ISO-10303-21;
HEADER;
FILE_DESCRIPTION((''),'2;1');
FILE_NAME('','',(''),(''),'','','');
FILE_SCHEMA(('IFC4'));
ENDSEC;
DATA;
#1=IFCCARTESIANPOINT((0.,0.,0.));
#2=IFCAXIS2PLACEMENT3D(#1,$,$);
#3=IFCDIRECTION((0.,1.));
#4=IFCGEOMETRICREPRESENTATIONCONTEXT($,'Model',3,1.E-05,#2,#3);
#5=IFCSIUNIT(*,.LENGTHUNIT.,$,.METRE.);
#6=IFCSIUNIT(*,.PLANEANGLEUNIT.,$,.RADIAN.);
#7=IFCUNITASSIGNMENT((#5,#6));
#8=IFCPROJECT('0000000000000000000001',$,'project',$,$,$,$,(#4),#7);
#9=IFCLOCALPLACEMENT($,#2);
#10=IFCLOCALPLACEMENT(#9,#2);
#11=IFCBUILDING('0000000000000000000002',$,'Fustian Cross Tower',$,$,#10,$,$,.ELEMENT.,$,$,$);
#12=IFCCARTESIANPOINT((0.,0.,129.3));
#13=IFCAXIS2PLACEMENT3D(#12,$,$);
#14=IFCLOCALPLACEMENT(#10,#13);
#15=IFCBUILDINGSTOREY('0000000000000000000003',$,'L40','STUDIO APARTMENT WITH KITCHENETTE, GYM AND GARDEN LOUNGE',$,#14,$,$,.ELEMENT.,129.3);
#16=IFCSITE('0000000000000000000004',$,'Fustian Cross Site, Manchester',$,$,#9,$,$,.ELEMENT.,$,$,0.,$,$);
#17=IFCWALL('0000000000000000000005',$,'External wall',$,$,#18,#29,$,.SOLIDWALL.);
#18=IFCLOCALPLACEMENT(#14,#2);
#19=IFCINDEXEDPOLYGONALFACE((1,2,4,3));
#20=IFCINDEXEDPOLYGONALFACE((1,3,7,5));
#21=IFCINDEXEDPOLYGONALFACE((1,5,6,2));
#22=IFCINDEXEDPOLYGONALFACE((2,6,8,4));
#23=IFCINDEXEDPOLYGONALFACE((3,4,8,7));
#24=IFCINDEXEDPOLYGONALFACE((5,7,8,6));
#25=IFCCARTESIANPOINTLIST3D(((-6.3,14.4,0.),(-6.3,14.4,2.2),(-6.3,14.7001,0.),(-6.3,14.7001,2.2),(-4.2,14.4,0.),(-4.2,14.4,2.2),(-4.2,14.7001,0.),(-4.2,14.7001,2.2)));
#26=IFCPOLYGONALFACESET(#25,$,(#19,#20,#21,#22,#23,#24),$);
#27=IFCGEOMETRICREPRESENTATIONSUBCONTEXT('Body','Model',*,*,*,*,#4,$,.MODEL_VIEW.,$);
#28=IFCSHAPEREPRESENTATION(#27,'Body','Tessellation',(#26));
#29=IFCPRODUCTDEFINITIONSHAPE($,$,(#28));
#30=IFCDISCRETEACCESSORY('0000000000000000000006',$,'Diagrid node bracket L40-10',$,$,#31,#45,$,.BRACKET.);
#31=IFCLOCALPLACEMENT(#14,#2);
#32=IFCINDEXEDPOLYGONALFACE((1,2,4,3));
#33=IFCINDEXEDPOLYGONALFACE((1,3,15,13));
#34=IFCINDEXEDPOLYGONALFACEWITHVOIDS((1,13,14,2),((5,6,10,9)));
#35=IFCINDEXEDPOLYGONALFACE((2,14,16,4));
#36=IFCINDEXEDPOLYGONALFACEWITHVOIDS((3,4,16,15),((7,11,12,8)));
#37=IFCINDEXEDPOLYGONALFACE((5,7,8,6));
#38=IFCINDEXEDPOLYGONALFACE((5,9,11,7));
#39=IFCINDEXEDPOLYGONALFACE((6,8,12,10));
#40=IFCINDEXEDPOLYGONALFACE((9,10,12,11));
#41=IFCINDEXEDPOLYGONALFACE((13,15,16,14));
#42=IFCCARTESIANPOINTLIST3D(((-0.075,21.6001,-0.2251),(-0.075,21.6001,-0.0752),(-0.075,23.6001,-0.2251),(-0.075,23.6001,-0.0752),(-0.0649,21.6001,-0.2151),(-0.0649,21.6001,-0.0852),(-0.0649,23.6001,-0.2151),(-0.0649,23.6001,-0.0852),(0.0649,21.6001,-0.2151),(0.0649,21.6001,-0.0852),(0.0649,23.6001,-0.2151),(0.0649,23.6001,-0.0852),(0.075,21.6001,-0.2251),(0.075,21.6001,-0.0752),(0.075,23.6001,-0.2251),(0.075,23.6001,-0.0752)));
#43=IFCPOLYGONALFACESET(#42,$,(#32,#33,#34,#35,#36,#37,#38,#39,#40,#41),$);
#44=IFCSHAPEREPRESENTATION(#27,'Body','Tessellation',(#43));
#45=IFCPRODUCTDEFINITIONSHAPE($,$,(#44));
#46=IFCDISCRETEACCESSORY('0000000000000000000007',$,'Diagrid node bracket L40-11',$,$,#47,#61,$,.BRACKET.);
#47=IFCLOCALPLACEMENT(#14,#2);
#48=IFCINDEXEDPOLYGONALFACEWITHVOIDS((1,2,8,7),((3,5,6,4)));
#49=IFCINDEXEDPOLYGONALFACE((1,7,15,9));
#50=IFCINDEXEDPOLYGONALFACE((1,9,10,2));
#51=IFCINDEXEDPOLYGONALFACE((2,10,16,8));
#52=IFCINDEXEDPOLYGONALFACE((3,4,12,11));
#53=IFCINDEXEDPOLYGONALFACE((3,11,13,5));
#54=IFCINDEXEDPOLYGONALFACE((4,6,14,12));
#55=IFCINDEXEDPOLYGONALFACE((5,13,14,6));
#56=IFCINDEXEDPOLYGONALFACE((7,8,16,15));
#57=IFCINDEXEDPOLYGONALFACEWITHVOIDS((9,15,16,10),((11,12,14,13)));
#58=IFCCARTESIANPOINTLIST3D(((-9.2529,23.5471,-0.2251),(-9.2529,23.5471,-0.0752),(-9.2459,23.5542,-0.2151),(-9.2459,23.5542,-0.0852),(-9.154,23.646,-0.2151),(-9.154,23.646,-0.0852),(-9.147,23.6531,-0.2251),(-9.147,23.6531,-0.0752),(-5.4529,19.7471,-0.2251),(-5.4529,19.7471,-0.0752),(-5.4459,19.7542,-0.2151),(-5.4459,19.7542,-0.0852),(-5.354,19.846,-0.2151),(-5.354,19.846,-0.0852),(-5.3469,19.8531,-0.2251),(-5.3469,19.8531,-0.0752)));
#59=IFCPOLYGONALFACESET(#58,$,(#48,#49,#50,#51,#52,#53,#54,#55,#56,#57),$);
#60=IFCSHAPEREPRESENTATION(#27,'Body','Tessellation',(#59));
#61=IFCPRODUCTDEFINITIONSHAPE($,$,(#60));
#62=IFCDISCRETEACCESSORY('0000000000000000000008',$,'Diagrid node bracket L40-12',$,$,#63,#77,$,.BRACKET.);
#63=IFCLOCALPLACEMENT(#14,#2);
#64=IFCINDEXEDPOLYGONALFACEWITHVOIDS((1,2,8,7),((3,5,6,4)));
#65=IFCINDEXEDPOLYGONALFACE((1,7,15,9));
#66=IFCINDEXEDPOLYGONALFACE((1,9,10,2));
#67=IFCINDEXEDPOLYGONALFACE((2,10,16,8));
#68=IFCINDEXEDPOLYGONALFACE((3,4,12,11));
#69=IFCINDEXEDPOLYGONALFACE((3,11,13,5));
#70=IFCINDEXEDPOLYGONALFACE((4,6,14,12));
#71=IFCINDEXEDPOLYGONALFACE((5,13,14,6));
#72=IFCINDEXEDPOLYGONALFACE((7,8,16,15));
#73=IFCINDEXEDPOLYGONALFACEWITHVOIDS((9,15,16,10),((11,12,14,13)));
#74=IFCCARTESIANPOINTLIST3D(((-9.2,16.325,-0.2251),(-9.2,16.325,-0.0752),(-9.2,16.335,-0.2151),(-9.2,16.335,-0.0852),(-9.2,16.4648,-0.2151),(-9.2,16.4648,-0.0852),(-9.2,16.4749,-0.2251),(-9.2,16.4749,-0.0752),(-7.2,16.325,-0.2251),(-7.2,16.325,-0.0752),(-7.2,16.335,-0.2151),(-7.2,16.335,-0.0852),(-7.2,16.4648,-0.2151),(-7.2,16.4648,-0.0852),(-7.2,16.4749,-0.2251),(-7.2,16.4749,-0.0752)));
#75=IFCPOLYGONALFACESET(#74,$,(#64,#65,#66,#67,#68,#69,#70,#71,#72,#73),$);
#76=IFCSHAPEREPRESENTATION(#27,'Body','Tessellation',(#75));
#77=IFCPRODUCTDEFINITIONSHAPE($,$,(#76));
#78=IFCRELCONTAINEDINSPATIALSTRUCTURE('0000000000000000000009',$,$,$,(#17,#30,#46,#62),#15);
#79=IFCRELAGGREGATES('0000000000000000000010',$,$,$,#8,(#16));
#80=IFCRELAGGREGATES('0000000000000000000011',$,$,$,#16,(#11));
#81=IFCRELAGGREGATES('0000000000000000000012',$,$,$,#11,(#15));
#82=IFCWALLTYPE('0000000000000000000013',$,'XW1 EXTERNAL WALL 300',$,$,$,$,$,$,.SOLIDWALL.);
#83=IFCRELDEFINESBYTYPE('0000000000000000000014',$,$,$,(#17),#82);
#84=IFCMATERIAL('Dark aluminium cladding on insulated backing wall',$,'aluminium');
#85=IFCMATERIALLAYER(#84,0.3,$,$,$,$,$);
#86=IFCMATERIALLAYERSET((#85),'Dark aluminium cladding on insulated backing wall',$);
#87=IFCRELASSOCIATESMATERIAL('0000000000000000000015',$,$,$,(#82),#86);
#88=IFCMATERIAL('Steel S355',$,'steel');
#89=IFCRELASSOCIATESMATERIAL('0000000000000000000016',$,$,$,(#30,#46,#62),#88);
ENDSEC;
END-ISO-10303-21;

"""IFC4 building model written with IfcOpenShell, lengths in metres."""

from ifc_helpers import new_model, si_unit, direction, frame, frame_2d, origin, origin_2d, place, context, subcontext, project, spatial, rectangle, hollow_rectangle, extrude, material, layer, layer_set, type_object, element, save


model = new_model("IFC4")

# Units and contexts
model_context = context("Model", 3, precision=1e-05, world=origin(), true_north=direction((0.0, 1.0)))
body_context = subcontext(model_context, "Body", "Model", "MODEL_VIEW")
ifc_project = project(units=[si_unit("LENGTHUNIT", "METRE"), si_unit("PLANEANGLEUNIT", "RADIAN")], contexts=[model_context])

# Site, building, storey
site_placement = place(None, origin())
site = spatial("IfcSite", under=ifc_project, at=site_placement, Name="Fustian Cross Site, Manchester", CompositionType="ELEMENT", RefElevation=0.0)
building_placement = place(site_placement, origin())
building = spatial("IfcBuilding", under=site, at=building_placement, Name="Fustian Cross Tower", CompositionType="ELEMENT")
storey_placement = place(building_placement, frame((0.0, 0.0, 129.3)))
storey = spatial("IfcBuildingStorey", under=building, at=storey_placement, Name="L40", Description="STUDIO APARTMENT WITH KITCHENETTE, GYM AND GARDEN LOUNGE", CompositionType="ELEMENT", Elevation=129.3)

# Shared definitions
ifc_material_1 = material(Name="Dark aluminium cladding on insulated backing wall", Category="aluminium")
ifc_layer_1 = layer(ifc_material_1, 0.3)
ifc_layer_set_1 = layer_set([ifc_layer_1], Name="Dark aluminium cladding on insulated backing wall")
wall_type_1 = type_object("IfcWallType", Name="XW1 EXTERNAL WALL 300", PredefinedType="SOLIDWALL", material=ifc_layer_set_1)

# Wall
wall_1_placement = place(storey_placement, frame((-6.3, 14.55, 0.0), z_axis=(0.0, 0.0, 1.0), x_axis=(1.0, 0.0, 0.0)))
element("IfcWall", 1, at=wall_1_placement, inside=storey, type_object=wall_type_1, Name="External wall", PredefinedType="SOLIDWALL", context=body_context, shape_type="SweptSolid", body=[
    extrude(rectangle(XDim=2.1001, YDim=0.3, at=frame_2d((1.05, 0.0))), origin(), (0.0, 0.0, 1.0), 2.2),
])

# Discrete accessories
ifc_material_2 = material(Name="Steel S355", Category="steel")
discrete_accessory_1_placement = place(storey_placement, frame((0.0, 23.6001, -0.1501), z_axis=(0.0, -1.0, 0.0), x_axis=(1.0, 0.0, 0.0)))
element("IfcDiscreteAccessory", 2, at=discrete_accessory_1_placement, inside=storey, material=ifc_material_2, Name="Diagrid node bracket L40-10", PredefinedType="BRACKET", context=body_context, shape_type="SweptSolid", body=[
    extrude(hollow_rectangle(XDim=0.1499, YDim=0.1499, WallThickness=0.01, at=origin_2d()), origin(), (0.0, 0.0, 1.0), 2.0),
])
discrete_accessory_2_placement = place(storey_placement, frame((-9.2, 23.6001, -0.1501), z_axis=(0.707107, -0.707107, 0.0), x_axis=(0.707107, 0.707107, 0.0)))
element("IfcDiscreteAccessory", 3, at=discrete_accessory_2_placement, inside=storey, material=ifc_material_2, Name="Diagrid node bracket L40-11", PredefinedType="BRACKET", context=body_context, shape_type="SweptSolid", body=[
    extrude(hollow_rectangle(XDim=0.1499, YDim=0.1499, WallThickness=0.01, at=origin_2d()), origin(), (0.0, 0.0, 1.0), 5.374),
])
discrete_accessory_3_placement = place(storey_placement, frame((-9.2, 16.3999, -0.1501), z_axis=(1.0, 0.0, 0.0), x_axis=(0.0, 1.0, 0.0)))
element("IfcDiscreteAccessory", 4, at=discrete_accessory_3_placement, inside=storey, material=ifc_material_2, Name="Diagrid node bracket L40-12", PredefinedType="BRACKET", context=body_context, shape_type="SweptSolid", body=[
    extrude(hollow_rectangle(XDim=0.1499, YDim=0.1499, WallThickness=0.01, at=origin_2d()), origin(), (0.0, 0.0, 1.0), 2.0),
])

save(model, "model.ifc")
